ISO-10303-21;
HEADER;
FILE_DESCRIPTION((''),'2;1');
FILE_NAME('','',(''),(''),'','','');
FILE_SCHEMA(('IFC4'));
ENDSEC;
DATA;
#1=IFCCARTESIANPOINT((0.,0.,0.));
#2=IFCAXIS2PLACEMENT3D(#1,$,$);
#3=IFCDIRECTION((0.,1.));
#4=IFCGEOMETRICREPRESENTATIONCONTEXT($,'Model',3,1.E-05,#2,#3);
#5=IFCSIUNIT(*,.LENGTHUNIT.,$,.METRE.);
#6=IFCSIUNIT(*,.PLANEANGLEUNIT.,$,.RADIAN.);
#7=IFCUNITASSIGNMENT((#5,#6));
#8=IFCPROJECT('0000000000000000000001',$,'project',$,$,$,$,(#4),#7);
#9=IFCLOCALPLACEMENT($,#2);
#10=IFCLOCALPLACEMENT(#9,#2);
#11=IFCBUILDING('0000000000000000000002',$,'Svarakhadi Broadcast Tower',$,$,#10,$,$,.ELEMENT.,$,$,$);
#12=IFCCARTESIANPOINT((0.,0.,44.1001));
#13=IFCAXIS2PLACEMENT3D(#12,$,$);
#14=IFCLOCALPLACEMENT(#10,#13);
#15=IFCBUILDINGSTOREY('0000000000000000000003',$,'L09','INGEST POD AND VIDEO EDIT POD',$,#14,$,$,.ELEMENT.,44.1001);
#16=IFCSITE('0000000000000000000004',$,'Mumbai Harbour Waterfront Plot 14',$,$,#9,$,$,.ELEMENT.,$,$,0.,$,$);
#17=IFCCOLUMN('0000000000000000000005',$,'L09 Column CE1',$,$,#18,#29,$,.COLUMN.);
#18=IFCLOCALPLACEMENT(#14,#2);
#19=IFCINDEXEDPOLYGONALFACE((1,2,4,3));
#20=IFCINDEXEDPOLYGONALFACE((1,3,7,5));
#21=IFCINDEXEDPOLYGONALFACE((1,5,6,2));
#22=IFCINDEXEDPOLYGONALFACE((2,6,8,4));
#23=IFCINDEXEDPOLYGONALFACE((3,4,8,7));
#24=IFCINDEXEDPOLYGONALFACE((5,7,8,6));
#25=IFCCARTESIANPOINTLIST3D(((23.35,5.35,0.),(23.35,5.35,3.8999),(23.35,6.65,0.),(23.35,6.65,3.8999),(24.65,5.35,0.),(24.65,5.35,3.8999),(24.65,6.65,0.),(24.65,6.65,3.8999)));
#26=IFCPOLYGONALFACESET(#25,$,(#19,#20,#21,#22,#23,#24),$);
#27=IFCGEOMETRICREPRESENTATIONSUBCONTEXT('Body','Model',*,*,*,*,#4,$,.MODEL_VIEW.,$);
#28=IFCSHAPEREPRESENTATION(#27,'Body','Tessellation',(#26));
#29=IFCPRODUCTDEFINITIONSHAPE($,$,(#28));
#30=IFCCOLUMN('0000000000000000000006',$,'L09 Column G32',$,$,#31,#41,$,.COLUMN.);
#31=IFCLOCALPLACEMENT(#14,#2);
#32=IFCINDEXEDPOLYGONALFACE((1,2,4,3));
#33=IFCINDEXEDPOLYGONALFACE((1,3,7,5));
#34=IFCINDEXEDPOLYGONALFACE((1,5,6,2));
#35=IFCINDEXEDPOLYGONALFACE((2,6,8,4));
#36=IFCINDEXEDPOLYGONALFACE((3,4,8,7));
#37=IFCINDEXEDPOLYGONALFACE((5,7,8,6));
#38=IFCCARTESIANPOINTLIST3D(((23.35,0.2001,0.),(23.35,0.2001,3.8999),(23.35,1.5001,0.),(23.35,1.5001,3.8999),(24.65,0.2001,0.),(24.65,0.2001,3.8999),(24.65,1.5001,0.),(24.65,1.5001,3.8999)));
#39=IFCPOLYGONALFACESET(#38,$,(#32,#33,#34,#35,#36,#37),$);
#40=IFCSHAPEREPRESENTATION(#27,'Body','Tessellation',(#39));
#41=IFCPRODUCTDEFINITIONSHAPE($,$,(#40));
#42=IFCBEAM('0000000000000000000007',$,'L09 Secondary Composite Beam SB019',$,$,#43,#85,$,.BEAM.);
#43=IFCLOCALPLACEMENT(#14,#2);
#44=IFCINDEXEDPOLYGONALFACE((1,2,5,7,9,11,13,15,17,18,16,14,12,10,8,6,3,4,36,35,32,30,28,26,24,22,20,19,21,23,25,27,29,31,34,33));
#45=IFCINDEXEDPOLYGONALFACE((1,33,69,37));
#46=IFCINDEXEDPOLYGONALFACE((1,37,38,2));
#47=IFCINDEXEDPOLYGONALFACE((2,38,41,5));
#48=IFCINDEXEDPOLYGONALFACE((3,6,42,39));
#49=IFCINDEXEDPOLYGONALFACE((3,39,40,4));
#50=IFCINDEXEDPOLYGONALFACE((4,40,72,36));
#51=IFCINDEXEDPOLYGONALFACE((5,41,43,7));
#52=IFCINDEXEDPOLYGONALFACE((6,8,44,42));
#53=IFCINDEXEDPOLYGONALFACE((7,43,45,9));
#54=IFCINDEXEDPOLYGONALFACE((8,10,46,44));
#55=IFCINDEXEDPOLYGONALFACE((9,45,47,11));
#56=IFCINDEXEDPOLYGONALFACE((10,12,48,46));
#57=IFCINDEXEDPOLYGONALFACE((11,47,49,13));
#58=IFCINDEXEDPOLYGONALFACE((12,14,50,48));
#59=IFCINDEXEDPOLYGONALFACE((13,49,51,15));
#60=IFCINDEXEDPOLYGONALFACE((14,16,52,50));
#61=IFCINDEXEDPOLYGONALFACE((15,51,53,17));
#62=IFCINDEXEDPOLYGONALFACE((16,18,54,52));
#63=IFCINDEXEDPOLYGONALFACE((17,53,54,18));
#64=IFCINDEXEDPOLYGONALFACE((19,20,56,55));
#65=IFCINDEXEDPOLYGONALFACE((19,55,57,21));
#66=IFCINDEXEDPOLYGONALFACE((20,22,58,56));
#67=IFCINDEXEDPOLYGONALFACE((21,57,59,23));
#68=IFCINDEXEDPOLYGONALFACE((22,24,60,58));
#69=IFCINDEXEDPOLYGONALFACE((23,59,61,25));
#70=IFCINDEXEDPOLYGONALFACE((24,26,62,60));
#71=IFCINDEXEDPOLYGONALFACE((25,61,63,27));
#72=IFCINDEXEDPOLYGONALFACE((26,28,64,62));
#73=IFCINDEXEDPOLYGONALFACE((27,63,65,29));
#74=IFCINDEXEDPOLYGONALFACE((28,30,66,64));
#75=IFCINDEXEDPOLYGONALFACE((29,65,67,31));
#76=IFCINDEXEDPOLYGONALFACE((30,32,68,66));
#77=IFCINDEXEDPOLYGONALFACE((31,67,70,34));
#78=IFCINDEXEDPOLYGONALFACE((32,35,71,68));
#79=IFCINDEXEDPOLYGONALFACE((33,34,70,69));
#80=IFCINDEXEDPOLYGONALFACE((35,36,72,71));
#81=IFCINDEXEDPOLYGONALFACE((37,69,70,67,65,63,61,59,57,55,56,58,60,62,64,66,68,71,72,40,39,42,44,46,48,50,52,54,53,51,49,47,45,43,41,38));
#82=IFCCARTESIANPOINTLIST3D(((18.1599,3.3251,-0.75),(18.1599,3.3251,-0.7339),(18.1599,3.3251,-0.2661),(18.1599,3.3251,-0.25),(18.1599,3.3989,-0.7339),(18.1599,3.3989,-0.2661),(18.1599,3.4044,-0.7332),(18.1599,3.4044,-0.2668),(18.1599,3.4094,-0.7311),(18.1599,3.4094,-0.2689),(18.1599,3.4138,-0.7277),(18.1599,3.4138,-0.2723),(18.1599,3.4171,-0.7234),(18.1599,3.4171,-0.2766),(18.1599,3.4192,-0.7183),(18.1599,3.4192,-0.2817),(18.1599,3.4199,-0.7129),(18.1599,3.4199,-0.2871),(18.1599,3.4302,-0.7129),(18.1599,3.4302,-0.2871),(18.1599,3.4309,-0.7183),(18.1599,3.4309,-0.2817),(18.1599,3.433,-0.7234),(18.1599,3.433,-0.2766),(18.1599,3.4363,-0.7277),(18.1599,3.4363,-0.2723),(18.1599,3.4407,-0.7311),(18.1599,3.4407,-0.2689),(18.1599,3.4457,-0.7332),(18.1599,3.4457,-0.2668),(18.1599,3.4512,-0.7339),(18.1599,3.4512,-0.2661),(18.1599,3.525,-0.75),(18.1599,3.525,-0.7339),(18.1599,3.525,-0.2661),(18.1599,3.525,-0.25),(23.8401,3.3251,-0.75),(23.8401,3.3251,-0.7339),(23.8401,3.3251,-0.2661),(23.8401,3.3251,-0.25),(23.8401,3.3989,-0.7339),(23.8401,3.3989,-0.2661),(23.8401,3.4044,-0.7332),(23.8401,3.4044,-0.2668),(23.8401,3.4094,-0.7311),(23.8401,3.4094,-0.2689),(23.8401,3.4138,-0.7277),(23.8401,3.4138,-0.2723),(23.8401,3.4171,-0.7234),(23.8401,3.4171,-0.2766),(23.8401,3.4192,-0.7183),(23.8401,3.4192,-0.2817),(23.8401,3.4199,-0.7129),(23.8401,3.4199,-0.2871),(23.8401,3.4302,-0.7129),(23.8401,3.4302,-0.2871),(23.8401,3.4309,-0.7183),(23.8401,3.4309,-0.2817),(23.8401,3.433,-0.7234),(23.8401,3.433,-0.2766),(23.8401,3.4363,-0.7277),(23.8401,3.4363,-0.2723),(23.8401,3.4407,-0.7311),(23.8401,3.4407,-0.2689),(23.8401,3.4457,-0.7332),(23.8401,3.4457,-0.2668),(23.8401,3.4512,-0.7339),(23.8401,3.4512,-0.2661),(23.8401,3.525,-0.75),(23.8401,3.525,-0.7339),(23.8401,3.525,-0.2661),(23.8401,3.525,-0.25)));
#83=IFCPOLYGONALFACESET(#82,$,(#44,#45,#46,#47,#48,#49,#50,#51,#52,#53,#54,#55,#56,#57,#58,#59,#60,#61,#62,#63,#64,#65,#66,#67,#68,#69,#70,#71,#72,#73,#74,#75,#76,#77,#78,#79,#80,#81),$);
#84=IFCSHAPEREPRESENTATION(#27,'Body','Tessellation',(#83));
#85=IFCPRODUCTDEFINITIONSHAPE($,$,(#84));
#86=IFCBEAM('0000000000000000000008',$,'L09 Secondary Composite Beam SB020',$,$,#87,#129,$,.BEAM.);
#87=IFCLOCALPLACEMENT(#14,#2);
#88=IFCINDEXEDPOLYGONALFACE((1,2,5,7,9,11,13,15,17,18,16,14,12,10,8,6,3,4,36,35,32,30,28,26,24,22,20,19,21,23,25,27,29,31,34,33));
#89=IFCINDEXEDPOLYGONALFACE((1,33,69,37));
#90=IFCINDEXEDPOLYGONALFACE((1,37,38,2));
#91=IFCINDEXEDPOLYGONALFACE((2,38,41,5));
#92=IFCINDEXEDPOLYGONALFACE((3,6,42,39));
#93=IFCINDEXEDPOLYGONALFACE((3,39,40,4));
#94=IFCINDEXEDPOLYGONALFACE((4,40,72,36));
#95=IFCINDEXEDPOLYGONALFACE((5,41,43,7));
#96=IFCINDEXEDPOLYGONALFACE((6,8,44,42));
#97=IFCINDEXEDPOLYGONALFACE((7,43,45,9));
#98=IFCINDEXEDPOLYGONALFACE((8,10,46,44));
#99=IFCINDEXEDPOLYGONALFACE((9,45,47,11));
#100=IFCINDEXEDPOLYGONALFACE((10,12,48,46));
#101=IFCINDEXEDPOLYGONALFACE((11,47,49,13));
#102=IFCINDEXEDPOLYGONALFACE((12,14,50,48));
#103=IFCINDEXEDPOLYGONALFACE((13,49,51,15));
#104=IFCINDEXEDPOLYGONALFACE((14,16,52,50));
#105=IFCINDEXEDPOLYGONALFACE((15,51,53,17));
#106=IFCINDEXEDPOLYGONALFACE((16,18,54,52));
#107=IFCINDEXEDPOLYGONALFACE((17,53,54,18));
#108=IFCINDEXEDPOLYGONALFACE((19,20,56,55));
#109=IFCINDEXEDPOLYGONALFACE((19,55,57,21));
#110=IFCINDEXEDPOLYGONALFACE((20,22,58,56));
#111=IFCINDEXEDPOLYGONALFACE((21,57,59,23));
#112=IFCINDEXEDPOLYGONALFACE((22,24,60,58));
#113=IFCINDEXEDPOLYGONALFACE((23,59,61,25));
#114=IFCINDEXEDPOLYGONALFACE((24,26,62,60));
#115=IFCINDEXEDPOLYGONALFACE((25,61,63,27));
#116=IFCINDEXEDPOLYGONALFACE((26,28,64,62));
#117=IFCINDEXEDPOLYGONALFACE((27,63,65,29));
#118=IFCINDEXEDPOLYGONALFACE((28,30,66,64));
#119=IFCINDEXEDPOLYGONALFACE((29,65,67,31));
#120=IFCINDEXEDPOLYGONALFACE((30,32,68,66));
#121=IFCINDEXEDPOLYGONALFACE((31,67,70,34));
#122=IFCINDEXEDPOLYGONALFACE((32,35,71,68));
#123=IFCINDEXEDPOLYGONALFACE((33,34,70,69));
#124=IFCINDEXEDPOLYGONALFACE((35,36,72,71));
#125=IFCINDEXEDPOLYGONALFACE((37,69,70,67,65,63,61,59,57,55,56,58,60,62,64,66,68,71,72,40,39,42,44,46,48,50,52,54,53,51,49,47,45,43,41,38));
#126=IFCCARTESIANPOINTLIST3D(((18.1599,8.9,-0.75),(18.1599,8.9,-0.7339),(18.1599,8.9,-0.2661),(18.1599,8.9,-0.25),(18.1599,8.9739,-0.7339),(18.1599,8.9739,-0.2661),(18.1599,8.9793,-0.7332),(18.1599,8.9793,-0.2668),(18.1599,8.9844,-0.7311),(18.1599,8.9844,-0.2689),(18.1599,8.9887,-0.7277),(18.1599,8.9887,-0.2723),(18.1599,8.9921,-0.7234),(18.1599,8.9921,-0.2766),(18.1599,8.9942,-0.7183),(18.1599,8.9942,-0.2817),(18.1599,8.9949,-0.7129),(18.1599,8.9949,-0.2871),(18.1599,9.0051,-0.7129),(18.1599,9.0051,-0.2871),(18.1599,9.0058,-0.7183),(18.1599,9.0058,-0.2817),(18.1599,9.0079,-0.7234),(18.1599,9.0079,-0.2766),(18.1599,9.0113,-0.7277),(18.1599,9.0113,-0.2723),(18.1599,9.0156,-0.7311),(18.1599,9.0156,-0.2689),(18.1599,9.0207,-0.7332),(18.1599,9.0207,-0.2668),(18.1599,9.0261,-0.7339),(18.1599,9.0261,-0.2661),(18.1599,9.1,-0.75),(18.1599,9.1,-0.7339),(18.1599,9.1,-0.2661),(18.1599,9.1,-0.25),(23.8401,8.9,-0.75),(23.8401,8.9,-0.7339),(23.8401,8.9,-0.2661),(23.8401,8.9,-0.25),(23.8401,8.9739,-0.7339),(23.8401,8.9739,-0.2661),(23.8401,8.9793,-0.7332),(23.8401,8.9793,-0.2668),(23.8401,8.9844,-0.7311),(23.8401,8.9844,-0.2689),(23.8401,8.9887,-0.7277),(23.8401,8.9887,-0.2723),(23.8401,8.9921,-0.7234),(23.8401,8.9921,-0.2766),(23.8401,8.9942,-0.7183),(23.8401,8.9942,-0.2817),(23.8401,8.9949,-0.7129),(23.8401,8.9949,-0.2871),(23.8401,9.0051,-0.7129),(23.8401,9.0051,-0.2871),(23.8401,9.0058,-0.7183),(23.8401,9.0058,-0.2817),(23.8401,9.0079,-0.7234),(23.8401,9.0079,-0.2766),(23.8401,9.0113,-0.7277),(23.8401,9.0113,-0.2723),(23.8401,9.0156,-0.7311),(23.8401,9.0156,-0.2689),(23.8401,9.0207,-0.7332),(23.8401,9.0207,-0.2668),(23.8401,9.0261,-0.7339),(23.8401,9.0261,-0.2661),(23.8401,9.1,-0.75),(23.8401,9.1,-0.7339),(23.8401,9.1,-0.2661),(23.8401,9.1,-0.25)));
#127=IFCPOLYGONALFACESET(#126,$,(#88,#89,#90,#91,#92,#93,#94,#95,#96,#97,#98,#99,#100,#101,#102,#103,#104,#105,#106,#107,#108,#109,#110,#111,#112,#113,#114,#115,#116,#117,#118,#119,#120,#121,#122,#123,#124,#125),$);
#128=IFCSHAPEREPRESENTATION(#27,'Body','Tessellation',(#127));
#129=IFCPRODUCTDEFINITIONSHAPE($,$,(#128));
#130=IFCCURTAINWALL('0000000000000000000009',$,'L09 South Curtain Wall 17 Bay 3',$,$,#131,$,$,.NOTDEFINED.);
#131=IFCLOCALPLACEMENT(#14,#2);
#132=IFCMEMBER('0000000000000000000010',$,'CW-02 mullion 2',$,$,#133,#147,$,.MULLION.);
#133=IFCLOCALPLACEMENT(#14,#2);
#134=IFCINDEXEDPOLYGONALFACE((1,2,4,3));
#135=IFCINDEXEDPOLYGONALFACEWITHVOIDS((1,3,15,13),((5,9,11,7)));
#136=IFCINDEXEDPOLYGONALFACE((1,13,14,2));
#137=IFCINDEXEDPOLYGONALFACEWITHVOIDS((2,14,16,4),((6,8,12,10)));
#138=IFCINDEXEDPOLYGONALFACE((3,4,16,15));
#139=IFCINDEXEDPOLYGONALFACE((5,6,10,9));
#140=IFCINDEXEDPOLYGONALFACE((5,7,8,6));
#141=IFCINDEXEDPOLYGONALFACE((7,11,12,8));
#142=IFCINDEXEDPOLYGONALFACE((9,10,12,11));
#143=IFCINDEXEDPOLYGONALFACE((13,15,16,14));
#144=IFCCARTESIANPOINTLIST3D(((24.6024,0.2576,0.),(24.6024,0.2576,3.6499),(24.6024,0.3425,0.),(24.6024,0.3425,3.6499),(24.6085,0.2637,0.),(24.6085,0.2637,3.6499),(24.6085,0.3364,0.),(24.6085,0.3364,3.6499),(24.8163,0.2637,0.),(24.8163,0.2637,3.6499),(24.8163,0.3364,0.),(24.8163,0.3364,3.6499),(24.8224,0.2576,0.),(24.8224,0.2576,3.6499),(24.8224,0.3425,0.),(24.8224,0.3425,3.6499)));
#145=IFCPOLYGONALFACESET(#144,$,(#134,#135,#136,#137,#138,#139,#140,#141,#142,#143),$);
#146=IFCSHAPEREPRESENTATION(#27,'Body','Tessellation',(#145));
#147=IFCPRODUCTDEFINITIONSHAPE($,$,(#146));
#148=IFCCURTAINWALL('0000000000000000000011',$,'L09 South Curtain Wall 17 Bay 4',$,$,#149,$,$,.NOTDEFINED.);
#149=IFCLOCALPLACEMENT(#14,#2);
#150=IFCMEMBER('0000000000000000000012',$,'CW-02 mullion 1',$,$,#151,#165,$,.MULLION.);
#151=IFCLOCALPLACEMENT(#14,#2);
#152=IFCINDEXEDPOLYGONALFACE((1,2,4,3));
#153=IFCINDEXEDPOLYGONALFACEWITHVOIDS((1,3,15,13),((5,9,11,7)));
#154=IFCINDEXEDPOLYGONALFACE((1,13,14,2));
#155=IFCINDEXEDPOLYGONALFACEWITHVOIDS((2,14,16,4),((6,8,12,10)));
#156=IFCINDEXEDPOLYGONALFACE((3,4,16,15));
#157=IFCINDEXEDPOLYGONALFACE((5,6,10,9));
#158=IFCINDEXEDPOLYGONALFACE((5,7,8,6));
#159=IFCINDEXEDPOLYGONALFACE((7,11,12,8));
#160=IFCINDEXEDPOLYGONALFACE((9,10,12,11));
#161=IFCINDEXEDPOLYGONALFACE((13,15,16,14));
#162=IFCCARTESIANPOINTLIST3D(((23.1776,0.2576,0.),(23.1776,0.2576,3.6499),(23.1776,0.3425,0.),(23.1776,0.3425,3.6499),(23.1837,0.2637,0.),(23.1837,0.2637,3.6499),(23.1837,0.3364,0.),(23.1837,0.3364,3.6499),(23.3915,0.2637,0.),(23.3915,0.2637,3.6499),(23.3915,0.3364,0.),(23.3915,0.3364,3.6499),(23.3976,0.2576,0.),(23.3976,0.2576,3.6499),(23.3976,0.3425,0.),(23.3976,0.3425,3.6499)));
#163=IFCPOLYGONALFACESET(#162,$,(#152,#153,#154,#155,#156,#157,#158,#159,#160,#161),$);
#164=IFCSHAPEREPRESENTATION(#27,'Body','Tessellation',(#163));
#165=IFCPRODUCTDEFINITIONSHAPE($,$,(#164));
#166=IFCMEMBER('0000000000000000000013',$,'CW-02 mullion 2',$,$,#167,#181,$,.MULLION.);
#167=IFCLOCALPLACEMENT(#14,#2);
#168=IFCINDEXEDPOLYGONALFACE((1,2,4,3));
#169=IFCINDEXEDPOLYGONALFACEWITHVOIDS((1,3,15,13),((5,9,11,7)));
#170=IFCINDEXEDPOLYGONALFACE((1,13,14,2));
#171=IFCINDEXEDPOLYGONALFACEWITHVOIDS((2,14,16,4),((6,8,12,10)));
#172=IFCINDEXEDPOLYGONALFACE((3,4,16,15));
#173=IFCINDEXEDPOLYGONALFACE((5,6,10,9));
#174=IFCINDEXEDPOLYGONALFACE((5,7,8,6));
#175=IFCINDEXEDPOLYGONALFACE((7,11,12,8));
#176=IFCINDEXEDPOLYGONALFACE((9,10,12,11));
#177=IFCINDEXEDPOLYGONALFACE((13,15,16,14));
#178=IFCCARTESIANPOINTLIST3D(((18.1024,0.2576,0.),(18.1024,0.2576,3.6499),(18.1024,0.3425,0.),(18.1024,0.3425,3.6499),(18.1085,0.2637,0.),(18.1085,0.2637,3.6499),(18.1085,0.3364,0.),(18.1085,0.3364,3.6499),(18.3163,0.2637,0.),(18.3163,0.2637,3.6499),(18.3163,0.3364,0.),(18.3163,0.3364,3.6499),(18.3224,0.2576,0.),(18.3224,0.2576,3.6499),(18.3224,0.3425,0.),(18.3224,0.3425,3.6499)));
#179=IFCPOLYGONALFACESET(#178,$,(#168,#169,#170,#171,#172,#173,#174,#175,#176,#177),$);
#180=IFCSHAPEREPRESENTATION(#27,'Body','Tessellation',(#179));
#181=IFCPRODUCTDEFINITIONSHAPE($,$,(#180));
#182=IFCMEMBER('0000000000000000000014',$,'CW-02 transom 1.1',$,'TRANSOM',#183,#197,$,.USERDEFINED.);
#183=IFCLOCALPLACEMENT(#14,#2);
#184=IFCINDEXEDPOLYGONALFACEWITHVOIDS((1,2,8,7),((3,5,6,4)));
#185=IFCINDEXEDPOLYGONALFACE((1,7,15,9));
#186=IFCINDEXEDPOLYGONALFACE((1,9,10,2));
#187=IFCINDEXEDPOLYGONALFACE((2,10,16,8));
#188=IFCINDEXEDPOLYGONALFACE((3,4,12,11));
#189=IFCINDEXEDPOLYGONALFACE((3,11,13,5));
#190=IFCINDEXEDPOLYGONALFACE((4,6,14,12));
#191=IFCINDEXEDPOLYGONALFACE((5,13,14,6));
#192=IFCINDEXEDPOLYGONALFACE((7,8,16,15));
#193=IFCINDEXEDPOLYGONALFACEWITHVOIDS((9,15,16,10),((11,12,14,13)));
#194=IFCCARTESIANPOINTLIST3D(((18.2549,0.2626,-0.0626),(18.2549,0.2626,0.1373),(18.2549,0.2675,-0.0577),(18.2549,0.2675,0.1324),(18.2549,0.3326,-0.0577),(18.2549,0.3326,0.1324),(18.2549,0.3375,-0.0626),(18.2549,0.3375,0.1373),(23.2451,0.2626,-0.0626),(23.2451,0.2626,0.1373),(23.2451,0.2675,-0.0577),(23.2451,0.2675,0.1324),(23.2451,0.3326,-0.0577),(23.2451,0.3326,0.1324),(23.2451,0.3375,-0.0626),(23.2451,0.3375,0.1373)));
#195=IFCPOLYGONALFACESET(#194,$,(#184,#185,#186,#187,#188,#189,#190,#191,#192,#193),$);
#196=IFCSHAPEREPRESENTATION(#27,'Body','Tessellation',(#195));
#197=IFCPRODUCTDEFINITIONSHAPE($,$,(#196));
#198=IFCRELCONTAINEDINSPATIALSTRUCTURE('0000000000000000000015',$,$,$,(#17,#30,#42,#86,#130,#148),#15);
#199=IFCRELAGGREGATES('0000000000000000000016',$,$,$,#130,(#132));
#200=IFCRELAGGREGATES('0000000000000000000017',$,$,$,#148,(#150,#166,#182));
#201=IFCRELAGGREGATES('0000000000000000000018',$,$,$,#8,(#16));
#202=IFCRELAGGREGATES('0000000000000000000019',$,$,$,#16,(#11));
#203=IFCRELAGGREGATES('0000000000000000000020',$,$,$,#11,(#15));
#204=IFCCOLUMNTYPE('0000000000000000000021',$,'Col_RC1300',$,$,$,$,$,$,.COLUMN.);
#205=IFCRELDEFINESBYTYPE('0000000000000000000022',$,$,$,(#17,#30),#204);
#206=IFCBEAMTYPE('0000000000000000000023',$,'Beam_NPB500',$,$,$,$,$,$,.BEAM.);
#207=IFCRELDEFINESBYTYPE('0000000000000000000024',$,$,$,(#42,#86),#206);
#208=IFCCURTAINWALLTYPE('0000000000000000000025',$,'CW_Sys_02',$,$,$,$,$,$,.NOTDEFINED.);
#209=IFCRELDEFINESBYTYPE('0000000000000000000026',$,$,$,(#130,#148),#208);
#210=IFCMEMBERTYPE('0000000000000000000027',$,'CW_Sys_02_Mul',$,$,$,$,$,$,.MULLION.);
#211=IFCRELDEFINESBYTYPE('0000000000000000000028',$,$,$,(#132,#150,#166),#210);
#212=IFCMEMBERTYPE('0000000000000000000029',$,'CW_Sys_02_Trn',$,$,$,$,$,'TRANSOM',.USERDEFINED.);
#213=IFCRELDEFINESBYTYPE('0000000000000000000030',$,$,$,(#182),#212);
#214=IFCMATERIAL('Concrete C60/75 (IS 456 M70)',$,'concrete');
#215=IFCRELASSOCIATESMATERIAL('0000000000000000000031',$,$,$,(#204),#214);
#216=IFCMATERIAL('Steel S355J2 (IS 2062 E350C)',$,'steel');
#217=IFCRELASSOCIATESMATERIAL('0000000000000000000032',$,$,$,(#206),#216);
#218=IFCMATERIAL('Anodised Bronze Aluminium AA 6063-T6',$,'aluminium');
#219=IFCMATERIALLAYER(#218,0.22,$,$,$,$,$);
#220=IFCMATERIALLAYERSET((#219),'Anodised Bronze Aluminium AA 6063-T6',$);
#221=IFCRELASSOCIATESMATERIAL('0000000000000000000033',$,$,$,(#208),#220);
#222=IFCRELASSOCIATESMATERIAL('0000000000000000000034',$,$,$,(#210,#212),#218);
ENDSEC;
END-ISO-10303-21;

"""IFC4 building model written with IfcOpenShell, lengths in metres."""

from ifc_helpers import new_model, si_unit, direction, frame, origin, origin_2d, place, context, subcontext, project, spatial, rectangle, hollow_rectangle, i_section, extrude, material, layer, layer_set, material_profile, profile_set, type_object, element, aggregate, save


model = new_model("IFC4")

# Units and contexts
model_context = context("Model", 3, precision=1e-05, world=origin(), true_north=direction((0.0, 1.0)))
body_context = subcontext(model_context, "Body", "Model", "MODEL_VIEW")
ifc_project = project(units=[si_unit("LENGTHUNIT", "METRE"), si_unit("PLANEANGLEUNIT", "RADIAN")], contexts=[model_context])

# Site, building, storey
site_placement = place(None, origin())
site = spatial("IfcSite", under=ifc_project, at=site_placement, Name="Mumbai Harbour Waterfront Plot 14", CompositionType="ELEMENT", RefElevation=0.0)
building_placement = place(site_placement, origin())
building = spatial("IfcBuilding", under=site, at=building_placement, Name="Svarakhadi Broadcast Tower", CompositionType="ELEMENT")
storey_placement = place(building_placement, frame((0.0, 0.0, 44.1001)))
storey = spatial("IfcBuildingStorey", under=building, at=storey_placement, Name="L09", Description="INGEST POD AND VIDEO EDIT POD", CompositionType="ELEMENT", Elevation=44.1001)

# Columns
ifc_material_1 = material(Name="Concrete C60/75 (IS 456 M70)", Category="concrete")
ifc_material_profile_1 = material_profile(ifc_material_1, rectangle(XDim=1.3, YDim=1.3, at=origin_2d()), Name="RC 1300x1300")
ifc_profile_set_1 = profile_set([ifc_material_profile_1], Name="Concrete C60/75 (IS 456 M70)")
column_type = type_object("IfcColumnType", Name="Col_RC1300", PredefinedType="COLUMN", material=ifc_profile_set_1)
for number, where, z_axis, x_axis, name in (
    (1, (24.0, 6.0, 0.0), (0.0, 0.0, 1.0), (1.0, 0.0, 0.0), "L09 Column CE1"),
    (2, (24.0, 0.8501, 0.0), (0.0, 0.0, 1.0), (1.0, 0.0, 0.0), "L09 Column G32"),
):
    element("IfcColumn", number, at=place(storey_placement, frame(where, z_axis=z_axis, x_axis=x_axis)), inside=storey, type_object=column_type, Name=name, PredefinedType="COLUMN", context=body_context, shape_type="SweptSolid", body=[
        extrude(rectangle(XDim=1.3, YDim=1.3, at=origin_2d()), origin(), (0.0, 0.0, 1.0), 3.8999),
    ])

# Beams
ifc_material_2 = material(Name="Steel S355J2 (IS 2062 E350C)", Category="steel")
ifc_material_profile_2 = material_profile(ifc_material_2, i_section(OverallWidth=0.2, OverallDepth=0.5, WebThickness=0.0103, FlangeThickness=0.0161, FilletRadius=0.021, at=origin_2d()), Name="NPB 500x200x91")
ifc_profile_set_2 = profile_set([ifc_material_profile_2], Name="Steel S355J2 (IS 2062 E350C)")
beam_type_1 = type_object("IfcBeamType", Name="Beam_NPB500", PredefinedType="BEAM", material=ifc_profile_set_2)
for number, where, z_axis, x_axis, name in (
    (3, (18.1599, 3.425, -0.5), (1.0, 0.0, 0.0), (0.0, 1.0, 0.0), "L09 Secondary Composite Beam SB019"),
    (4, (18.1599, 9.0, -0.5), (1.0, 0.0, 0.0), (0.0, 1.0, 0.0), "L09 Secondary Composite Beam SB020"),
):
    element("IfcBeam", number, at=place(storey_placement, frame(where, z_axis=z_axis, x_axis=x_axis)), inside=storey, type_object=beam_type_1, Name=name, PredefinedType="BEAM", context=body_context, shape_type="SweptSolid", body=[
        extrude(i_section(OverallWidth=0.2, OverallDepth=0.5, WebThickness=0.0103, FlangeThickness=0.0161, FilletRadius=0.021, at=origin_2d()), origin(), (0.0, 0.0, 1.0), 5.6802),
    ])

# Curtain wall, member
ifc_material_3 = material(Name="Anodised Bronze Aluminium AA 6063-T6", Category="aluminium")
ifc_layer_1 = layer(ifc_material_3, 0.22)
ifc_layer_set_1 = layer_set([ifc_layer_1], Name="Anodised Bronze Aluminium AA 6063-T6")
curtain_wall_type = type_object("IfcCurtainWallType", Name="CW_Sys_02", PredefinedType="NOTDEFINED", material=ifc_layer_set_1)
curtain_wall_1_placement = place(storey_placement, origin())
curtain_wall_1 = element("IfcCurtainWall", 5, at=curtain_wall_1_placement, inside=storey, type_object=curtain_wall_type, Name="L09 South Curtain Wall 17 Bay 3", PredefinedType="NOTDEFINED")
ifc_material_profile_3 = material_profile(ifc_material_3, hollow_rectangle(XDim=0.085, YDim=0.22, WallThickness=0.0061, at=origin_2d()), Name="ALU MULLION 220x85x6")
ifc_profile_set_3 = profile_set([ifc_material_profile_3], Name="Anodised Bronze Aluminium AA 6063-T6")
member_type_1 = type_object("IfcMemberType", Name="CW_Sys_02_Mul", PredefinedType="MULLION", material=ifc_profile_set_3)
member_1_placement = place(storey_placement, frame((24.7124, 0.3, 0.0), z_axis=(0.0, 0.0, 1.0), x_axis=(0.0, -1.0, 0.0)))
member_1 = element("IfcMember", 6, at=member_1_placement, type_object=member_type_1, Name="CW-02 mullion 2", PredefinedType="MULLION", context=body_context, shape_type="SweptSolid", body=[
    extrude(hollow_rectangle(XDim=0.085, YDim=0.22, WallThickness=0.0061, at=origin_2d()), origin(), (0.0, 0.0, 1.0), 3.6499),
])

# Curtain wall, members
curtain_wall_2_placement = place(storey_placement, origin())
curtain_wall_2 = element("IfcCurtainWall", 7, at=curtain_wall_2_placement, inside=storey, type_object=curtain_wall_type, Name="L09 South Curtain Wall 17 Bay 4", PredefinedType="NOTDEFINED")
member_2_placement = place(storey_placement, frame((23.2876, 0.3, 0.0), z_axis=(0.0, 0.0, 1.0), x_axis=(0.0, -1.0, 0.0)))
member_2 = element("IfcMember", 8, at=member_2_placement, type_object=member_type_1, Name="CW-02 mullion 1", PredefinedType="MULLION", context=body_context, shape_type="SweptSolid", body=[
    extrude(hollow_rectangle(XDim=0.085, YDim=0.22, WallThickness=0.0061, at=origin_2d()), origin(), (0.0, 0.0, 1.0), 3.6499),
])
member_3_placement = place(storey_placement, frame((18.2124, 0.3, 0.0), z_axis=(0.0, 0.0, 1.0), x_axis=(0.0, -1.0, 0.0)))
member_3 = element("IfcMember", 9, at=member_3_placement, type_object=member_type_1, Name="CW-02 mullion 2", PredefinedType="MULLION", context=body_context, shape_type="SweptSolid", body=[
    extrude(hollow_rectangle(XDim=0.085, YDim=0.22, WallThickness=0.0061, at=origin_2d()), origin(), (0.0, 0.0, 1.0), 3.6499),
])
ifc_material_profile_4 = material_profile(ifc_material_3, hollow_rectangle(XDim=0.075, YDim=0.2, WallThickness=0.0049, at=origin_2d()), Name="ALU TRANSOM 200x75x5")
ifc_profile_set_4 = profile_set([ifc_material_profile_4], Name="Anodised Bronze Aluminium AA 6063-T6")
member_type_2 = type_object("IfcMemberType", Name="CW_Sys_02_Trn", ElementType="TRANSOM", PredefinedType="USERDEFINED", material=ifc_profile_set_4)
member_4_placement = place(storey_placement, frame((23.2451, 0.3, 0.0374), z_axis=(-1.0, 0.0, 0.0), x_axis=(0.0, -1.0, 0.0)))
member_4 = element("IfcMember", 10, at=member_4_placement, type_object=member_type_2, Name="CW-02 transom 1.1", ObjectType="TRANSOM", PredefinedType="USERDEFINED", context=body_context, shape_type="SweptSolid", body=[
    extrude(hollow_rectangle(XDim=0.075, YDim=0.2, WallThickness=0.0049, at=origin_2d()), origin(), (0.0, 0.0, 1.0), 4.9902),
])

aggregate(curtain_wall_1, [member_1])
aggregate(curtain_wall_2, [member_2, member_3, member_4])

save(model, "model.ifc")
